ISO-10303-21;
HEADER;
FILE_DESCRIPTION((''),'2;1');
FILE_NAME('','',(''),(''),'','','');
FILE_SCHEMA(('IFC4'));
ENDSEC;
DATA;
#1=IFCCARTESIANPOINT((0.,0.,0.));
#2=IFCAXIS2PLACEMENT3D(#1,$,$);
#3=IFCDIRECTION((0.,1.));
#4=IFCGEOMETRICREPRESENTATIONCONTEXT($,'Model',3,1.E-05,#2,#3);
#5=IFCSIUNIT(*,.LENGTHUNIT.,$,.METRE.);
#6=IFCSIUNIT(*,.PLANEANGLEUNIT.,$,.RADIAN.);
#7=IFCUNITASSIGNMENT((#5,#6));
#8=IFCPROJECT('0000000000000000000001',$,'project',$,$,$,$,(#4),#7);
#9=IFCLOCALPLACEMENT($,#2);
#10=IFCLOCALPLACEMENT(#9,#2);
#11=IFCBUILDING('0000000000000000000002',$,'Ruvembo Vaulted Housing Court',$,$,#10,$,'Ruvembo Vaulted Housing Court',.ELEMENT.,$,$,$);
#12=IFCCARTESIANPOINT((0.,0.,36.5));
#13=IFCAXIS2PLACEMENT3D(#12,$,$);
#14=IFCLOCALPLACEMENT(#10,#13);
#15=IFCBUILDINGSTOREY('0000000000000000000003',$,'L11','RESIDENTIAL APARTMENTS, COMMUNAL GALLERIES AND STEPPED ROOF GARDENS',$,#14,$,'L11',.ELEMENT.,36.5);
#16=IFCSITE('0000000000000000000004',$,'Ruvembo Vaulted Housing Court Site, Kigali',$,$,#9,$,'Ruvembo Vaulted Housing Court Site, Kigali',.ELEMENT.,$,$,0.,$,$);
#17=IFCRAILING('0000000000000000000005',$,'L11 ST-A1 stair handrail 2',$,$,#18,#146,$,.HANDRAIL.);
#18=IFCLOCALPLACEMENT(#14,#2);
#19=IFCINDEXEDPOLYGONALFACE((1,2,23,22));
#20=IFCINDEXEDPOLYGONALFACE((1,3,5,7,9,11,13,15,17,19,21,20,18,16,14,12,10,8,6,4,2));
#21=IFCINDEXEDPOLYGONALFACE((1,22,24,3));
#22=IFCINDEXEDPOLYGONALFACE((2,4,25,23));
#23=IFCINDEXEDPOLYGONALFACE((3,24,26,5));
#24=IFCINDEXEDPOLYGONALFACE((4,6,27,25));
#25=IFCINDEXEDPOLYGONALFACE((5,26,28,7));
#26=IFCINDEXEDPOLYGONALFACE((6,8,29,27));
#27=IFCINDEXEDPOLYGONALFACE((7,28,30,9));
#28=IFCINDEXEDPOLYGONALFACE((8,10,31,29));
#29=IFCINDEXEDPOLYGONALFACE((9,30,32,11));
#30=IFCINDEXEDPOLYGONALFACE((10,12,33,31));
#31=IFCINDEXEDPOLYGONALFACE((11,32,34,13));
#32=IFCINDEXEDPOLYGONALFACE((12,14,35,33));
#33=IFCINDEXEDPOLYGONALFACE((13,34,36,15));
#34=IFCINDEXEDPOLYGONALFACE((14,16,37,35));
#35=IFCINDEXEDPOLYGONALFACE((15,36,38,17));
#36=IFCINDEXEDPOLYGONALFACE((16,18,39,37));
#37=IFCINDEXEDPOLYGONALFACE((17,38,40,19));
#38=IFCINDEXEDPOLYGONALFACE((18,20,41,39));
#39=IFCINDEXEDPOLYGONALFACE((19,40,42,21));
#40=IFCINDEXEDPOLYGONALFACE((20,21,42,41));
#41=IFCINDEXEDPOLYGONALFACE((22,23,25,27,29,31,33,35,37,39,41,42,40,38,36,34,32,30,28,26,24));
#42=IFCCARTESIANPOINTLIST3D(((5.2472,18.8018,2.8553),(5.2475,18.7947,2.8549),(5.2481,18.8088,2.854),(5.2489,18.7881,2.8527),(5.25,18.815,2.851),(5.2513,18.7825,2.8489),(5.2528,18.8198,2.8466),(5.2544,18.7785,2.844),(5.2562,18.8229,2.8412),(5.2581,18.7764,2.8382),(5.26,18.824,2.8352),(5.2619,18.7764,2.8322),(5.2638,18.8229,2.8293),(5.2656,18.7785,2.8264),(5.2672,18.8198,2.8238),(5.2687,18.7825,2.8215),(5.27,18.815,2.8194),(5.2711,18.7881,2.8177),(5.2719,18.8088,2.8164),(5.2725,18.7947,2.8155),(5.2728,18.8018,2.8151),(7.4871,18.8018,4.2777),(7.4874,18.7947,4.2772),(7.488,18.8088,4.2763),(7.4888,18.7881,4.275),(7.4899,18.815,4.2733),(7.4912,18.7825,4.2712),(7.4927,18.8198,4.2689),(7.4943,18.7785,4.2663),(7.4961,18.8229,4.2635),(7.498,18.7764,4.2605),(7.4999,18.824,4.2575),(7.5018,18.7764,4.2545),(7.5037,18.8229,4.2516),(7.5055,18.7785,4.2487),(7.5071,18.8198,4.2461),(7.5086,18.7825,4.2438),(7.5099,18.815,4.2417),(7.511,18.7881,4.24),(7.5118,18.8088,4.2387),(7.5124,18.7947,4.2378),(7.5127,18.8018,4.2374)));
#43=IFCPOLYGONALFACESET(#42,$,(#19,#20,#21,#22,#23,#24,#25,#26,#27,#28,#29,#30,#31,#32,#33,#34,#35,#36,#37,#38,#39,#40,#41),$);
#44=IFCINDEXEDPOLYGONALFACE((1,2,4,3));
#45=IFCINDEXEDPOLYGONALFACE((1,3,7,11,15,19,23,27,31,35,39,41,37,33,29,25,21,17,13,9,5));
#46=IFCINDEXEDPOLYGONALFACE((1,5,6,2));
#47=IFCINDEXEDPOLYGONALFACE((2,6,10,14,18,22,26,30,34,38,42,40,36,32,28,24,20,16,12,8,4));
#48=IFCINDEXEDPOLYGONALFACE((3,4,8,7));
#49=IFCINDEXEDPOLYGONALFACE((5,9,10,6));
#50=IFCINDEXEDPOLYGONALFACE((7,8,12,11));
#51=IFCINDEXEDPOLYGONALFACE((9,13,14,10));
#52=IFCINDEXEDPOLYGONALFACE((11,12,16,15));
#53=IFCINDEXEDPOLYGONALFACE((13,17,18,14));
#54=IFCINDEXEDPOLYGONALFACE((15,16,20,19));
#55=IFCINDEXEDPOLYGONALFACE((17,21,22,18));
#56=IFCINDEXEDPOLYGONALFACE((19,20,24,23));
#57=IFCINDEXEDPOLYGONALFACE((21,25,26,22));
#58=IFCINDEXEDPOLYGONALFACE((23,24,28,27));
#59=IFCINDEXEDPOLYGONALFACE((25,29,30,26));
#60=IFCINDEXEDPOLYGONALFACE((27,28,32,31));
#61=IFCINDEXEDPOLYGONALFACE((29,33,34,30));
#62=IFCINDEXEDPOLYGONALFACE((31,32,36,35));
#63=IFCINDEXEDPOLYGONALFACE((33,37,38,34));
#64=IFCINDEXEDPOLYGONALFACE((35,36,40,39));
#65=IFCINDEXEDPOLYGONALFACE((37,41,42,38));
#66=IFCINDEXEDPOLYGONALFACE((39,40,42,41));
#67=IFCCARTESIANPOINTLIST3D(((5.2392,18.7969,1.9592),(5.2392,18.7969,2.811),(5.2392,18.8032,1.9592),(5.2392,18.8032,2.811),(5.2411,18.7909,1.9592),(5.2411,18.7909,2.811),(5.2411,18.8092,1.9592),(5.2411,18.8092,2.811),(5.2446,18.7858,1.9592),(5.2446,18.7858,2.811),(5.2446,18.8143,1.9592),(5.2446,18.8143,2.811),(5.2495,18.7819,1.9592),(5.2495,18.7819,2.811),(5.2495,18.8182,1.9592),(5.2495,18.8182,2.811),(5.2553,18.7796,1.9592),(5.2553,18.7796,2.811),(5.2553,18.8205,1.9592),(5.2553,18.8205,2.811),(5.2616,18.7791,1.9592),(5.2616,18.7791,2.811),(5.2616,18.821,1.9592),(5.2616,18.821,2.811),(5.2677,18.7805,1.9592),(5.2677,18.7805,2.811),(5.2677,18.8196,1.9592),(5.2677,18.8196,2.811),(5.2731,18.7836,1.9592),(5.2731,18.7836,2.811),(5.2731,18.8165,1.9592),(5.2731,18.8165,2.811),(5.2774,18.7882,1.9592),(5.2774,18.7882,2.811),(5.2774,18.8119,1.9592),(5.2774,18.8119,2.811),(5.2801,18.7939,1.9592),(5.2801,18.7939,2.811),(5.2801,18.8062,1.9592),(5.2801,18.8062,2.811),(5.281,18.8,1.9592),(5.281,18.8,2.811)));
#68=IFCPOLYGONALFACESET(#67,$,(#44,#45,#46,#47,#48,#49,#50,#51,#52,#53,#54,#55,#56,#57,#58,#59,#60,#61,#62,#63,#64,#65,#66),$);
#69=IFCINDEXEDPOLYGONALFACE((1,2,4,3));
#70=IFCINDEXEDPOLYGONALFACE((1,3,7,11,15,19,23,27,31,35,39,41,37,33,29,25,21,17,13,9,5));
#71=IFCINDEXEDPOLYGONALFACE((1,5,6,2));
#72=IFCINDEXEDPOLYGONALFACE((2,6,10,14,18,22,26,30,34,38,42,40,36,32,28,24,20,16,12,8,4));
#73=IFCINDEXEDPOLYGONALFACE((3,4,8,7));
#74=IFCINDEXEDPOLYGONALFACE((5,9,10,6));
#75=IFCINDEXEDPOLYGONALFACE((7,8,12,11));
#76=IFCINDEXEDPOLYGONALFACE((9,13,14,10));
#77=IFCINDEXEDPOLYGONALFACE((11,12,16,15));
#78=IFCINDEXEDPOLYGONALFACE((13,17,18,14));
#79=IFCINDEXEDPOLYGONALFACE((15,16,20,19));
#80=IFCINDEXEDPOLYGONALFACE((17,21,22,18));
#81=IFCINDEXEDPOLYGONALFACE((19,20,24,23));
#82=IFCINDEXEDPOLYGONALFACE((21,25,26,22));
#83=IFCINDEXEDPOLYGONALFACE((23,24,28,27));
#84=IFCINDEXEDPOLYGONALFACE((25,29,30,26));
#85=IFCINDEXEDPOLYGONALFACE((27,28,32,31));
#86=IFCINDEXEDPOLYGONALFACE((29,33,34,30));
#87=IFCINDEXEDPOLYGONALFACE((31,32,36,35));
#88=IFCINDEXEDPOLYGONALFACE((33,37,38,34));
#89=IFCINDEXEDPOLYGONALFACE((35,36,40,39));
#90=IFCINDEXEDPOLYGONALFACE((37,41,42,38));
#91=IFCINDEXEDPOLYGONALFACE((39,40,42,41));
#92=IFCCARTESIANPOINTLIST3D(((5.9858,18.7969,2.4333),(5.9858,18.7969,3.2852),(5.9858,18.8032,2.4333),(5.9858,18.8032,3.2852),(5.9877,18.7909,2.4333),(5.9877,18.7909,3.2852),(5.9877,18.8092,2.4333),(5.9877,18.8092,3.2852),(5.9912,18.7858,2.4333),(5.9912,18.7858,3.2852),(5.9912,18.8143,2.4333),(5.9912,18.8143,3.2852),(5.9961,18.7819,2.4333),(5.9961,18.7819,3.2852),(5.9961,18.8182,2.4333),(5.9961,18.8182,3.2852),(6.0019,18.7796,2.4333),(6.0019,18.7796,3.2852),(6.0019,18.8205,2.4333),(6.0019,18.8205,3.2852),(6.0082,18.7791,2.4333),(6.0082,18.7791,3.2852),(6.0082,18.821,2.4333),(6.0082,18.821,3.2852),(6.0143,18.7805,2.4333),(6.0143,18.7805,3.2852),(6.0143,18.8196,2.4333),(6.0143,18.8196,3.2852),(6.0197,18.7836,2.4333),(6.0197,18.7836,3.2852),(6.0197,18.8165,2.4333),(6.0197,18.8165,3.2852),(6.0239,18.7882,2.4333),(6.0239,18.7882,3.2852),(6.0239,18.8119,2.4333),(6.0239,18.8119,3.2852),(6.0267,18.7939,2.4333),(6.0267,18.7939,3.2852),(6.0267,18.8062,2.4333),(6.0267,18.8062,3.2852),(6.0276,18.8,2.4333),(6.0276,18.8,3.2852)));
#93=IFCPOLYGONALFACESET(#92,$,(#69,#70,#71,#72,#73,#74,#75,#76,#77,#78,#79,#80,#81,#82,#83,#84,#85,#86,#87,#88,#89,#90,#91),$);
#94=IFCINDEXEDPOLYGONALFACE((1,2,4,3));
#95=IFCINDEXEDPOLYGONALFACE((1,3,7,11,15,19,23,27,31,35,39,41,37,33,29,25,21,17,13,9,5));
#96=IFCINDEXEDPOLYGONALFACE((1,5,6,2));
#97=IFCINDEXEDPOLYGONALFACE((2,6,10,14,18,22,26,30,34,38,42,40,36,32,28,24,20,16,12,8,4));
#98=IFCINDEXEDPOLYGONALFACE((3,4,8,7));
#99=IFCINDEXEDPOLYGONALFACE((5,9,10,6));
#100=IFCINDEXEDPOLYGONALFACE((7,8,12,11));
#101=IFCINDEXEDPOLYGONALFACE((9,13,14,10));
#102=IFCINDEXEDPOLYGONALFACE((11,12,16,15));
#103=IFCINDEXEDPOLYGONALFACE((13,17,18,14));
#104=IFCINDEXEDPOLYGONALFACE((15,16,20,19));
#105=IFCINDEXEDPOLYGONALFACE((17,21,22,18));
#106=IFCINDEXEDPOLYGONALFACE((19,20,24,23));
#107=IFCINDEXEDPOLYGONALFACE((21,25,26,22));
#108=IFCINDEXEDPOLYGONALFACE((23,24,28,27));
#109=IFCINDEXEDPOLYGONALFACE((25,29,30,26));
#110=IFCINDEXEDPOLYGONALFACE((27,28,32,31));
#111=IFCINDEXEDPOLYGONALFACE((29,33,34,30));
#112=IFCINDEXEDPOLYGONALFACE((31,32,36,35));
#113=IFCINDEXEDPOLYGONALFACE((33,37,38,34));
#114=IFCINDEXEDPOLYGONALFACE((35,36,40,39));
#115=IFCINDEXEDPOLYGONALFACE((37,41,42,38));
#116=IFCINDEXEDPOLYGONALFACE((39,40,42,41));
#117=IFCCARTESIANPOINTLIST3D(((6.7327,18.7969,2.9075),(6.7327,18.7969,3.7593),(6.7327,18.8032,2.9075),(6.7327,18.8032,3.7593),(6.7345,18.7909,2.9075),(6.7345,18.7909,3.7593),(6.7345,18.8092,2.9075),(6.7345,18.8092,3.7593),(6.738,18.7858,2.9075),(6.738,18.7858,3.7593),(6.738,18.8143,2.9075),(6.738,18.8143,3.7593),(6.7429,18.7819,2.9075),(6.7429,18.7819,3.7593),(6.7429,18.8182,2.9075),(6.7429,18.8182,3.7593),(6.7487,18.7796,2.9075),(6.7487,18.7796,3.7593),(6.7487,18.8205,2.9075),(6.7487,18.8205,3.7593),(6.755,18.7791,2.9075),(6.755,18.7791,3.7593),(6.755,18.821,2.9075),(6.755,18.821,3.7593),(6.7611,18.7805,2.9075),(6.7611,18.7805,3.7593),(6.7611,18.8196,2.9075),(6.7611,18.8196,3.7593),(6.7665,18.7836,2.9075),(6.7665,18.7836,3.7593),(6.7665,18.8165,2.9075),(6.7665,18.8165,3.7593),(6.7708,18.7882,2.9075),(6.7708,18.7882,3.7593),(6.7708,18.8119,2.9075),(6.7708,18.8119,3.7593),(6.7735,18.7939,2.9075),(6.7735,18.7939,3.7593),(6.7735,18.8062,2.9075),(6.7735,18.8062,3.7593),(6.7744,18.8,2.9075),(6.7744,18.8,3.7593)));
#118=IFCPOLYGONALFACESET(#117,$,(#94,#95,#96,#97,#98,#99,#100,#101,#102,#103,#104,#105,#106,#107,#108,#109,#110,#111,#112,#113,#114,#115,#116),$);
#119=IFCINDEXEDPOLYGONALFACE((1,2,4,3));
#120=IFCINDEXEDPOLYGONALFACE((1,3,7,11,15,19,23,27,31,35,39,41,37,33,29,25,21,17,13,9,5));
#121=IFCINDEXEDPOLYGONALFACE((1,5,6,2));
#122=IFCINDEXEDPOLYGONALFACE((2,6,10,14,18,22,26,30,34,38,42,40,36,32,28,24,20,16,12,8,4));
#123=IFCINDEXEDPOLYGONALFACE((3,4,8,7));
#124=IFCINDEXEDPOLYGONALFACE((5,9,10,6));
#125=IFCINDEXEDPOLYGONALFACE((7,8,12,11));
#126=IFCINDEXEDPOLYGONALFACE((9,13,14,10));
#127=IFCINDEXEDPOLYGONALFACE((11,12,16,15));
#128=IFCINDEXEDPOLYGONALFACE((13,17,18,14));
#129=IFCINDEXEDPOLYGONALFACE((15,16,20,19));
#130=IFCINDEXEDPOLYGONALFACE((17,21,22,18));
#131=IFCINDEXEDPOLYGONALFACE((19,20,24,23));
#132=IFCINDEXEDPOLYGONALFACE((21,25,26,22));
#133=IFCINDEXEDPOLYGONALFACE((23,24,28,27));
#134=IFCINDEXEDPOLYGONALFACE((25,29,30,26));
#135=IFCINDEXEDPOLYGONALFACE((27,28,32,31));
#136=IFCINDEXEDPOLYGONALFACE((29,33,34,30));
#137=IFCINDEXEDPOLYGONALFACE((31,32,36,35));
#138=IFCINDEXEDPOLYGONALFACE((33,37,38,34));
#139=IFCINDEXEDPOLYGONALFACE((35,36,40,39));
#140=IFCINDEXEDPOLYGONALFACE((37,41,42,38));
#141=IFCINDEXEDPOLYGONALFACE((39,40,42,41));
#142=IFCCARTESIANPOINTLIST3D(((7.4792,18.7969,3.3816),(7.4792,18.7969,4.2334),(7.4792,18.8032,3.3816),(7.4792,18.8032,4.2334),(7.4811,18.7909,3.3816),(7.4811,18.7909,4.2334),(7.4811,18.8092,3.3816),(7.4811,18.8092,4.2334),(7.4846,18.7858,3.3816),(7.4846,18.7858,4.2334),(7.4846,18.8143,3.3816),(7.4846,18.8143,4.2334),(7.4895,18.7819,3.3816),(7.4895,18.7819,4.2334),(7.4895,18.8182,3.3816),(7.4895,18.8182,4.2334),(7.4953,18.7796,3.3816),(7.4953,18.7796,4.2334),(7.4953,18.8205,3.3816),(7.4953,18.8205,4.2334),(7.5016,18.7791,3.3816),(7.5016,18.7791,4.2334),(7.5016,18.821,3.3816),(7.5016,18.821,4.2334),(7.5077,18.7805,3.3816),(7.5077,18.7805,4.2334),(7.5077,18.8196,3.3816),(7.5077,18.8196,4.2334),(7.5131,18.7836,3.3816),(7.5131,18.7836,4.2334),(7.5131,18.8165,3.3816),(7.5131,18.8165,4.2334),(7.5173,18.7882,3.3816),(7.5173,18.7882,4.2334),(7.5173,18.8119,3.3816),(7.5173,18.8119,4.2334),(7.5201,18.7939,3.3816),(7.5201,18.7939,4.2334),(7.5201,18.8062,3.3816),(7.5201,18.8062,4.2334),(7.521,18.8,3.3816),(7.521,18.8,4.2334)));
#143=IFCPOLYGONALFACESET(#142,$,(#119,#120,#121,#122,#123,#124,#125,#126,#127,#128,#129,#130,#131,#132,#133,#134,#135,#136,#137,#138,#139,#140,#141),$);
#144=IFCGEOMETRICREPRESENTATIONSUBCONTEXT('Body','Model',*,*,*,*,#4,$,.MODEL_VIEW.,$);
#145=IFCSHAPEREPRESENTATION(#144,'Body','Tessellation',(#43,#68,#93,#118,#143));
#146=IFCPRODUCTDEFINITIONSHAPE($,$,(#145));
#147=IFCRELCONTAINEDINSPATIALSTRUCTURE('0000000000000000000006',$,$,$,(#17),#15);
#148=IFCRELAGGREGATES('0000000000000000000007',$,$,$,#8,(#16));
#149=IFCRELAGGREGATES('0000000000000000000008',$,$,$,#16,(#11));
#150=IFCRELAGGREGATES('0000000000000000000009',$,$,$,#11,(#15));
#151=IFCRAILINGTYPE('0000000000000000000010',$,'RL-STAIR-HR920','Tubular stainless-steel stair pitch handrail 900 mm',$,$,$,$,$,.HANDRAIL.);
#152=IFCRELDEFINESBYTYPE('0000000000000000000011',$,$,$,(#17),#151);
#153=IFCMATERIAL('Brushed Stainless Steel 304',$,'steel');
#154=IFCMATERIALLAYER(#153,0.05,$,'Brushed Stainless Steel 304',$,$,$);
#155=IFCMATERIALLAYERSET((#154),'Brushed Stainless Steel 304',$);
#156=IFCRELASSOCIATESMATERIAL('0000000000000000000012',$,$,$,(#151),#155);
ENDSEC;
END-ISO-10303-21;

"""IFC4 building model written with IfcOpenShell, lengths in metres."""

from ifc_helpers import new_model, si_unit, direction, frame, origin, origin_2d, place, context, subcontext, project, spatial, circle, extrude, material, layer, layer_set, type_object, element, save


model = new_model("IFC4")

# Units and contexts
model_context = context("Model", 3, precision=1e-05, world=origin(), true_north=direction((0.0, 1.0)))
body_context = subcontext(model_context, "Body", "Model", "MODEL_VIEW")
ifc_project = project(units=[si_unit("LENGTHUNIT", "METRE"), si_unit("PLANEANGLEUNIT", "RADIAN")], contexts=[model_context])

# Site, building, storey
site_placement = place(None, origin())
site = spatial("IfcSite", under=ifc_project, at=site_placement, Name="Ruvembo Vaulted Housing Court Site, Kigali", LongName="Ruvembo Vaulted Housing Court Site, Kigali", CompositionType="ELEMENT", RefElevation=0.0)
building_placement = place(site_placement, origin())
building = spatial("IfcBuilding", under=site, at=building_placement, Name="Ruvembo Vaulted Housing Court", LongName="Ruvembo Vaulted Housing Court", CompositionType="ELEMENT")
storey_placement = place(building_placement, frame((0.0, 0.0, 36.5)))
storey = spatial("IfcBuildingStorey", under=building, at=storey_placement, Name="L11", Description="RESIDENTIAL APARTMENTS, COMMUNAL GALLERIES AND STEPPED ROOF GARDENS", LongName="L11", CompositionType="ELEMENT", Elevation=36.5)

# Railing
ifc_material_1 = material(Name="Brushed Stainless Steel 304", Category="steel")
ifc_layer_1 = layer(ifc_material_1, 0.05, Name="Brushed Stainless Steel 304")
ifc_layer_set_1 = layer_set([ifc_layer_1], Name="Brushed Stainless Steel 304")
railing_type_1 = type_object("IfcRailingType", Name="RL-STAIR-HR920", Description="Tubular stainless-steel stair pitch handrail 900 mm", PredefinedType="HANDRAIL", material=ifc_layer_set_1)
railing_1_placement = place(storey_placement, frame((5.26, 18.8, 1.9592)))
element("IfcRailing", 1, at=railing_1_placement, inside=storey, type_object=railing_type_1, Name="L11 ST-A1 stair handrail 2", PredefinedType="HANDRAIL", context=body_context, shape_type="SweptSolid", body=[
    extrude(circle(Radius=0.0239, at=origin_2d()), frame((0.0, 0.0, 0.876), z_axis=(0.844188, 0.0, 0.536048), x_axis=(0.0, 1.0, 0.0)), (0.0, 0.0, 1.0), 2.6533),
    extrude(circle(Radius=0.021, at=origin_2d()), origin(), (0.0, 0.0, 1.0), 0.8518),
    extrude(circle(Radius=0.021, at=origin_2d()), frame((0.7466, 0.0, 0.4741)), (0.0, 0.0, 1.0), 0.8518),
    extrude(circle(Radius=0.021, at=origin_2d()), frame((1.4934, 0.0, 0.9482)), (0.0, 0.0, 1.0), 0.8518),
    extrude(circle(Radius=0.021, at=origin_2d()), frame((2.24, 0.0, 1.4224)), (0.0, 0.0, 1.0), 0.8518),
])

save(model, "model.ifc")
